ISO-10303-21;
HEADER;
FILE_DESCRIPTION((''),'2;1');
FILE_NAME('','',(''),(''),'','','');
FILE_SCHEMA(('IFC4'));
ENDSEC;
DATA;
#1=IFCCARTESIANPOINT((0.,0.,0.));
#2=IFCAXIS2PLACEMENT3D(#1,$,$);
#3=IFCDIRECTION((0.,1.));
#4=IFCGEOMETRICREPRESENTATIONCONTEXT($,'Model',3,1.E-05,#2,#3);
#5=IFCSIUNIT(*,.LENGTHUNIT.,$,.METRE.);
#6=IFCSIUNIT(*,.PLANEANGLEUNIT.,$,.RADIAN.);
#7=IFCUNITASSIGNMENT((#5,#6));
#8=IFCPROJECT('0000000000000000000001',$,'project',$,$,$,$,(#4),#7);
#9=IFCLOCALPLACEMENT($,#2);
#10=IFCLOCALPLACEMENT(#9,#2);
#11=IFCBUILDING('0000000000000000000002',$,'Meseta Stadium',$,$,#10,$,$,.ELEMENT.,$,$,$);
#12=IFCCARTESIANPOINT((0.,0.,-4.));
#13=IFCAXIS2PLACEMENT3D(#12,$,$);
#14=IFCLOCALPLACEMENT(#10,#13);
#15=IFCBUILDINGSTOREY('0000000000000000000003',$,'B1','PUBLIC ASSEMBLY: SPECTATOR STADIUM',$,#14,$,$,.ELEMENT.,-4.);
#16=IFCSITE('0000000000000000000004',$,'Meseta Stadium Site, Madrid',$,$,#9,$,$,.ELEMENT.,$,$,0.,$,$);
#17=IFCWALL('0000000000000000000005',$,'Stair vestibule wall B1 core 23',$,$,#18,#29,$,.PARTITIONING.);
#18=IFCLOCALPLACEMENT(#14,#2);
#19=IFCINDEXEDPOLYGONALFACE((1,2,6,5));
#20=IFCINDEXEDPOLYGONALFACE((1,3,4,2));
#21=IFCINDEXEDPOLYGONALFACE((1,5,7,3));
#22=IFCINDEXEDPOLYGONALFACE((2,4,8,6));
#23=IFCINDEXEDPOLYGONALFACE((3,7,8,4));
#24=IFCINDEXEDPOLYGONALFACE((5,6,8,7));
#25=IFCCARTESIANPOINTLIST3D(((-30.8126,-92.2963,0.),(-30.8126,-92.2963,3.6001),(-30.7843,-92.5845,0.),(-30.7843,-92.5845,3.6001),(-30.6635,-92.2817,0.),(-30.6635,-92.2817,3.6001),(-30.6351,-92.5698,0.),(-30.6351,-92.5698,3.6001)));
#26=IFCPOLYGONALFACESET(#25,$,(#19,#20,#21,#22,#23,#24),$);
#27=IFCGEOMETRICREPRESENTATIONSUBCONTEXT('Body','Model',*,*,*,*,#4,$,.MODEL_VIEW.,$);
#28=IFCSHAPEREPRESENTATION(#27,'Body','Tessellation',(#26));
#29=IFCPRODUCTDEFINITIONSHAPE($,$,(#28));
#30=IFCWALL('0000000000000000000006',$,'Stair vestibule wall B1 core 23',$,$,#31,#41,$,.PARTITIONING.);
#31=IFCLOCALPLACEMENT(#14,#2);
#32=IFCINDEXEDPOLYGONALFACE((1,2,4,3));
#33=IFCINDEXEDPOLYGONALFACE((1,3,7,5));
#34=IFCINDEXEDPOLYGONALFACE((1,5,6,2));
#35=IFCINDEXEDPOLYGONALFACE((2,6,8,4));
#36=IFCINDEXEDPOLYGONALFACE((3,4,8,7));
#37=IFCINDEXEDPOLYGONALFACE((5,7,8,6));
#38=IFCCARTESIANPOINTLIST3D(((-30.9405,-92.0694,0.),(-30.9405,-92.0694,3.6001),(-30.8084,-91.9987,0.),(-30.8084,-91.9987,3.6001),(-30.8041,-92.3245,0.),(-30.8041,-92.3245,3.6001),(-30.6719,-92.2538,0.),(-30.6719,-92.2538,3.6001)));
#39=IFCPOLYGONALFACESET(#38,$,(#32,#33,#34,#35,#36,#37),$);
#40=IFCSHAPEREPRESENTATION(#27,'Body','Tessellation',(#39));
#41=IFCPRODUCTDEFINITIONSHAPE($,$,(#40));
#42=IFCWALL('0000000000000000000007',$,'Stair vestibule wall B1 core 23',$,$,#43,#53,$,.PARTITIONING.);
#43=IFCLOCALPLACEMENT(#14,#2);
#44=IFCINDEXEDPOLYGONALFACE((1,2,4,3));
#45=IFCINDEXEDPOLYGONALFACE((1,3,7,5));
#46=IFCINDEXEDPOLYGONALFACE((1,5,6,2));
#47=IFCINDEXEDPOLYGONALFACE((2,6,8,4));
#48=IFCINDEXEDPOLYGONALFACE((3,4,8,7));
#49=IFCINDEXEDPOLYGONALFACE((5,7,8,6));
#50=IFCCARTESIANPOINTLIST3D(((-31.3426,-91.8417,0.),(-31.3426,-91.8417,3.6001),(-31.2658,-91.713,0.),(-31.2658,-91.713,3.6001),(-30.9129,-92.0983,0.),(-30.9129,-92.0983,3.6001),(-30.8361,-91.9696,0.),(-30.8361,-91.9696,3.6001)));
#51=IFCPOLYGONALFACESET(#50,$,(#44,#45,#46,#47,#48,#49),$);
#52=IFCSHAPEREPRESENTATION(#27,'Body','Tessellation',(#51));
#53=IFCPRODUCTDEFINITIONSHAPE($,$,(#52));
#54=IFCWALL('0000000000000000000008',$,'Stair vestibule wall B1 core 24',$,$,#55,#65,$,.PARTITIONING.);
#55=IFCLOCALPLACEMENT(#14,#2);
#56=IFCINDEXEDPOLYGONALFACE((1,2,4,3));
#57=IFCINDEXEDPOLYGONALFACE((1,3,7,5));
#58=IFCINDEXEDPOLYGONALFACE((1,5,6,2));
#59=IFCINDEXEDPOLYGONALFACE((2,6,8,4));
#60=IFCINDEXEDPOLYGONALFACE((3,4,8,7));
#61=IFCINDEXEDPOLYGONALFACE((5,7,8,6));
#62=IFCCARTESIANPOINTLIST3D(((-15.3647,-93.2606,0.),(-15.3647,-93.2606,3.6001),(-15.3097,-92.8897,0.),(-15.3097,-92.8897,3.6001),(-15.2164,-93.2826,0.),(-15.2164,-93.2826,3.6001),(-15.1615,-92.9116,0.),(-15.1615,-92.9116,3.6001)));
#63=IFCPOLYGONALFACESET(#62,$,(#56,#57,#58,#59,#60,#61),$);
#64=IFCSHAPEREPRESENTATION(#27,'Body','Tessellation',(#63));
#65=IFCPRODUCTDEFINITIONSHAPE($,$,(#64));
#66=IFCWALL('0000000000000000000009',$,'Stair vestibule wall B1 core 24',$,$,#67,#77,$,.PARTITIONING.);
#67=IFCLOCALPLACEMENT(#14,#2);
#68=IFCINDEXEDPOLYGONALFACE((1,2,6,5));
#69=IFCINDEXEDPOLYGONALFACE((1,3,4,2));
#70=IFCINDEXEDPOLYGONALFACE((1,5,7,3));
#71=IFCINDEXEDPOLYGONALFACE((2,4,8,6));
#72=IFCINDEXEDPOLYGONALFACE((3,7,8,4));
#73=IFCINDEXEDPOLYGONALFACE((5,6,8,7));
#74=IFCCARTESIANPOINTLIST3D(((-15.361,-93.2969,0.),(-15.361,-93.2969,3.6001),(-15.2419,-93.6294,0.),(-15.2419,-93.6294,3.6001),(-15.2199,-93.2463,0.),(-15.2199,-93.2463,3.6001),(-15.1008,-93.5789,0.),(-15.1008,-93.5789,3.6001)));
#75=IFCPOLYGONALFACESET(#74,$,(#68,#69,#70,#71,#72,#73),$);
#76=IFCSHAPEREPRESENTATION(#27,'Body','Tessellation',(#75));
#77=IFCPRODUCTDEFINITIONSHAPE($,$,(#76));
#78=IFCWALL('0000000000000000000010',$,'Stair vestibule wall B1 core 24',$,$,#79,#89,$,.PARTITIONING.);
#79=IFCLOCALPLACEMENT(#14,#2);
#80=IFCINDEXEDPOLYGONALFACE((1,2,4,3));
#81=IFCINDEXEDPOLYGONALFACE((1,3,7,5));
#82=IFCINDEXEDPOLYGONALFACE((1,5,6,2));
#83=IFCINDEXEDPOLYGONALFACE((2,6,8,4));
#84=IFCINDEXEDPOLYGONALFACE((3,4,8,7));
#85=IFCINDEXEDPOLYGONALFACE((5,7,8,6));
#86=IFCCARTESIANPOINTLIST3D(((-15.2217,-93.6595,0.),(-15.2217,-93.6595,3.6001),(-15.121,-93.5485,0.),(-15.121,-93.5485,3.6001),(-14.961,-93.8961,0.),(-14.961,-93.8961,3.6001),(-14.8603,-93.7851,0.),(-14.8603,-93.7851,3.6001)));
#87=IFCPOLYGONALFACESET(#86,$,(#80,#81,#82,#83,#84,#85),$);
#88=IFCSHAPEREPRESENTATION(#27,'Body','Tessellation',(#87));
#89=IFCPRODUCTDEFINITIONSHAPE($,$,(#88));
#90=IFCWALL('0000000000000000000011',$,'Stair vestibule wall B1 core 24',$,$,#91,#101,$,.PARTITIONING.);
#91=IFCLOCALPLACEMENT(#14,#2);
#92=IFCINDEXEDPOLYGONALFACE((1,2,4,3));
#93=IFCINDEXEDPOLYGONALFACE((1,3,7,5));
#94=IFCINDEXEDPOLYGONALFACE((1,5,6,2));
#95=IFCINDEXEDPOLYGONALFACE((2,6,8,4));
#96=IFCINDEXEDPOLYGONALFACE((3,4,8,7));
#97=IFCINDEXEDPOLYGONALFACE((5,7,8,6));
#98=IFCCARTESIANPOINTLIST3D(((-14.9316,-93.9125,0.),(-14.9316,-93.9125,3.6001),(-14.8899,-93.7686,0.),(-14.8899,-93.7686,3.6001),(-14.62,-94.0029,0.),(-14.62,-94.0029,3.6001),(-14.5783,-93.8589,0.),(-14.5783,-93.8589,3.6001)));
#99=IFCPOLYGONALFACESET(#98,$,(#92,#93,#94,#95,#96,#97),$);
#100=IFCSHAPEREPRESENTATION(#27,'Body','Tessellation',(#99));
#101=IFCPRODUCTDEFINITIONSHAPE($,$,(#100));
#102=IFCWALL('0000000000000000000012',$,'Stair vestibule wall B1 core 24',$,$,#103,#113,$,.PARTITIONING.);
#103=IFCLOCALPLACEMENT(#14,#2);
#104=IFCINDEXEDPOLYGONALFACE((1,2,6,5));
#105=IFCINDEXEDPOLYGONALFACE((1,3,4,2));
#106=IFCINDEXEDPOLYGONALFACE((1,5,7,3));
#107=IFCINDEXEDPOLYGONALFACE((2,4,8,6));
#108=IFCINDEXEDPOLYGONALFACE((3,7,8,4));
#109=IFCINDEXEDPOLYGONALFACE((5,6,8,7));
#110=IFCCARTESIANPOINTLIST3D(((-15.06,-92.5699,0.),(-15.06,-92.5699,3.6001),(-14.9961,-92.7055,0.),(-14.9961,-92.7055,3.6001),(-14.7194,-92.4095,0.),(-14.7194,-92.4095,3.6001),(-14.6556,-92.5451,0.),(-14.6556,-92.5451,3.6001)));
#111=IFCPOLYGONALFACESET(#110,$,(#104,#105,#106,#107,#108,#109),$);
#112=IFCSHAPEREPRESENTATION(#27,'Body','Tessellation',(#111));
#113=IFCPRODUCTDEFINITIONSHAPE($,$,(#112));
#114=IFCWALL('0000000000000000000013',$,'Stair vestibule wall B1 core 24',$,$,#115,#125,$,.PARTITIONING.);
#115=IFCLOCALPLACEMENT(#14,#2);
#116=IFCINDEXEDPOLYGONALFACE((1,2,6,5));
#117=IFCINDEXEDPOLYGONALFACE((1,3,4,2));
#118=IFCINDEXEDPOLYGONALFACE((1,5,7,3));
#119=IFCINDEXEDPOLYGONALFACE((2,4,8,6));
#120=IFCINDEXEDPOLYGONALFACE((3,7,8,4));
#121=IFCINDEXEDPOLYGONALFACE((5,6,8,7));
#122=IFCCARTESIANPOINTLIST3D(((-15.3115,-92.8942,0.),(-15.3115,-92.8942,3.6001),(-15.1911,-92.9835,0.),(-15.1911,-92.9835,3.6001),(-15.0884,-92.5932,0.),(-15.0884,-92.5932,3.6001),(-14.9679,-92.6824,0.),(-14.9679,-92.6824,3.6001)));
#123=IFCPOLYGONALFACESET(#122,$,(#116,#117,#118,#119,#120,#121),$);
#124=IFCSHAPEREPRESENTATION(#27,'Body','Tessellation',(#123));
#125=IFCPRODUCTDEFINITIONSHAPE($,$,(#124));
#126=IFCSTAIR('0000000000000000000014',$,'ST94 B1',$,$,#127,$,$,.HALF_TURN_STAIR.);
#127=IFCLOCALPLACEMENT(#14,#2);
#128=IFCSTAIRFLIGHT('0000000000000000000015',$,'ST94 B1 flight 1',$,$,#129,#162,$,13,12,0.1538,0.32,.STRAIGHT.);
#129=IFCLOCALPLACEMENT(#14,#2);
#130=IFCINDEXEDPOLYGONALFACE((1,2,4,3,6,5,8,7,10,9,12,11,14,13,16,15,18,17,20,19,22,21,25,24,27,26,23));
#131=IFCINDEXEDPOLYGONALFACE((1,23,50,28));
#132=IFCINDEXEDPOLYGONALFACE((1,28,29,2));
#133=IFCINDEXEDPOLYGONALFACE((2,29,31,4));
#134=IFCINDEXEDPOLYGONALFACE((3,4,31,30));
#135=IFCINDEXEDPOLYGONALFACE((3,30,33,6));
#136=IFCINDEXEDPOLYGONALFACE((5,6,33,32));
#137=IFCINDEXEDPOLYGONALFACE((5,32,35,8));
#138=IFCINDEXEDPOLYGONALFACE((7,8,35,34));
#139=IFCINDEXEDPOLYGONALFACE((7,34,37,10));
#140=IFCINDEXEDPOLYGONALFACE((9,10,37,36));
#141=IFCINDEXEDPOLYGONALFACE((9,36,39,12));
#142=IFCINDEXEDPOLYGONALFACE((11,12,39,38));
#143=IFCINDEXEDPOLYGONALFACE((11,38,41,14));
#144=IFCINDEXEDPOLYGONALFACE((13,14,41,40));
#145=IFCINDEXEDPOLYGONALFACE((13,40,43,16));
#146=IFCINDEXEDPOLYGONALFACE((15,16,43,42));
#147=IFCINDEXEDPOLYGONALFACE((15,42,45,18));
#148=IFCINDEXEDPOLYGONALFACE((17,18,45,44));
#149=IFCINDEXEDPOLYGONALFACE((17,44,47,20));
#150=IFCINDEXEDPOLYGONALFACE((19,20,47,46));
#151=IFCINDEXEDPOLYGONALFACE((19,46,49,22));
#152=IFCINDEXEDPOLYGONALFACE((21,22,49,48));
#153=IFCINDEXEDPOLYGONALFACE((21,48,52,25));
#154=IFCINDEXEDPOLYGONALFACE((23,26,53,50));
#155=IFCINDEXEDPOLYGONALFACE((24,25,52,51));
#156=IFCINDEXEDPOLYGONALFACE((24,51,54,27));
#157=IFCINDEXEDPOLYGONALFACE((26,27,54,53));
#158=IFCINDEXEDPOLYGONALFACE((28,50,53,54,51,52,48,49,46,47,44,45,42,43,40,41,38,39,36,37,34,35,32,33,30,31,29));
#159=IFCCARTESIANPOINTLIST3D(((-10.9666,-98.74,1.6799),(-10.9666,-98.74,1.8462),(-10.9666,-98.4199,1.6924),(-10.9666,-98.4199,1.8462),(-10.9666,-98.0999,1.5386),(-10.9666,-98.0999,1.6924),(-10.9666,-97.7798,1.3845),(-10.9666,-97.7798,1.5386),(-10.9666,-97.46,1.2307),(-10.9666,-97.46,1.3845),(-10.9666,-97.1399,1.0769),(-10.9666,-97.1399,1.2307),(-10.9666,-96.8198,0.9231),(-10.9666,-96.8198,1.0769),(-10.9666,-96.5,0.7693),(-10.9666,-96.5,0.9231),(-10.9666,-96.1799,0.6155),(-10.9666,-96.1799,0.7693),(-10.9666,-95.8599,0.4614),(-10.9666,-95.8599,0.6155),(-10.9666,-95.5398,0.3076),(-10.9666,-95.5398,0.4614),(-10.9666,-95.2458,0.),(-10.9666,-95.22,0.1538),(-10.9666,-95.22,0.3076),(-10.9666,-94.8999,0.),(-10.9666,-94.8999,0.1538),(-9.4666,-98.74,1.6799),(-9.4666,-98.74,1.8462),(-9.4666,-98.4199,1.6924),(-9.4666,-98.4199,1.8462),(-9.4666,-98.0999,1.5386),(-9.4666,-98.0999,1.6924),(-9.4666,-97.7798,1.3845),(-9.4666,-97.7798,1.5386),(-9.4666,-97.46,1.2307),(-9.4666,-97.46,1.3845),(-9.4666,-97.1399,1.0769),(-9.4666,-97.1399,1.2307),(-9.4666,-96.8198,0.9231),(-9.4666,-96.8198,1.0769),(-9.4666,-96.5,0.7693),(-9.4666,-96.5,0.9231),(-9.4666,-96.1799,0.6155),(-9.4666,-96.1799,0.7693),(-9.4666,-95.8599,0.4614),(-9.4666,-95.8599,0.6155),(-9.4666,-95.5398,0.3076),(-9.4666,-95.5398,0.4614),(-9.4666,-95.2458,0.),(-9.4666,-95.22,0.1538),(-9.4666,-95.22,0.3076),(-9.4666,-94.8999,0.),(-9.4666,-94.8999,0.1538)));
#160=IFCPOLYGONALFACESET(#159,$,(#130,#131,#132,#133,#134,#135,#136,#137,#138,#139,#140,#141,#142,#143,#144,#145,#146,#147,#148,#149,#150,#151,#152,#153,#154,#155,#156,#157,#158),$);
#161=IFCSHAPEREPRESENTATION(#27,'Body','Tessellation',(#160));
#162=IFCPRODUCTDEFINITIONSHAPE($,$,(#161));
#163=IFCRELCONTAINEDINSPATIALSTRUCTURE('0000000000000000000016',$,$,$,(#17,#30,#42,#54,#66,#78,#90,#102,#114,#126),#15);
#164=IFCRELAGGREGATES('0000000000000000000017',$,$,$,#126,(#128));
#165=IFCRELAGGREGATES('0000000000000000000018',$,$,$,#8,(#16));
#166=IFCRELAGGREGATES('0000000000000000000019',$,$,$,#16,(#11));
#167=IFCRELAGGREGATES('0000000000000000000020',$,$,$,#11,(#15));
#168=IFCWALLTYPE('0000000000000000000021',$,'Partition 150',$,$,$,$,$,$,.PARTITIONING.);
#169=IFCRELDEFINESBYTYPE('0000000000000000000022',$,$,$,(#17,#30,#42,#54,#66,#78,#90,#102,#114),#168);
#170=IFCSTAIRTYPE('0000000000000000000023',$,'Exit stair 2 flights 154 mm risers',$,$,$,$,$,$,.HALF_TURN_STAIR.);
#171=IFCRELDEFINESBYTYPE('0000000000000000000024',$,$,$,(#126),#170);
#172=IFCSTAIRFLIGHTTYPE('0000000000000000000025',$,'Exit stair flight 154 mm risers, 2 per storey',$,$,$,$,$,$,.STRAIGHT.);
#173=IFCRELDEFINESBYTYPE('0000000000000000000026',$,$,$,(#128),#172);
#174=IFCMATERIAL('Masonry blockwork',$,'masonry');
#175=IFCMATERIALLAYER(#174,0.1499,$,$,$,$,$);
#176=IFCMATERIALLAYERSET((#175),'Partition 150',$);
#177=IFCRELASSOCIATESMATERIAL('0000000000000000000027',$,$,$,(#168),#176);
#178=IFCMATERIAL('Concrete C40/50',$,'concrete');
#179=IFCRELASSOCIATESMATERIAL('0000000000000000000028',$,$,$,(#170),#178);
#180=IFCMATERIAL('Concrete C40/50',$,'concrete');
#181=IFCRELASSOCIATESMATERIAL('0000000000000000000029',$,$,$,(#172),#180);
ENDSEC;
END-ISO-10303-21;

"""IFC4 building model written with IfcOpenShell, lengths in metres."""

from ifc_helpers import new_model, si_unit, direction, frame, frame_2d, origin, place, context, subcontext, project, spatial, polyline, rectangle, outline, extrude, material, layer, layer_set, type_object, element, aggregate, save


model = new_model("IFC4")

# Units and contexts
model_context = context("Model", 3, precision=1e-05, world=origin(), true_north=direction((0.0, 1.0)))
body_context = subcontext(model_context, "Body", "Model", "MODEL_VIEW")
ifc_project = project(units=[si_unit("LENGTHUNIT", "METRE"), si_unit("PLANEANGLEUNIT", "RADIAN")], contexts=[model_context])

# Site, building, storey
site_placement = place(None, origin())
site = spatial("IfcSite", under=ifc_project, at=site_placement, Name="Meseta Stadium Site, Madrid", CompositionType="ELEMENT", RefElevation=0.0)
building_placement = place(site_placement, origin())
building = spatial("IfcBuilding", under=site, at=building_placement, Name="Meseta Stadium", CompositionType="ELEMENT")
storey_placement = place(building_placement, frame((0.0, 0.0, -4.0)))
storey = spatial("IfcBuildingStorey", under=building, at=storey_placement, Name="B1", Description="PUBLIC ASSEMBLY: SPECTATOR STADIUM", CompositionType="ELEMENT", Elevation=-4.0)

# Walls
ifc_material_1 = material(Name="Masonry blockwork", Category="masonry")
ifc_layer_1 = layer(ifc_material_1, 0.1499)
ifc_layer_set_1 = layer_set([ifc_layer_1], Name="Partition 150")
wall_type_1 = type_object("IfcWallType", Name="Partition 150", PredefinedType="PARTITIONING", material=ifc_layer_set_1)
wall_1_placement = place(storey_placement, frame((-30.7097, -92.5771, 0.0), z_axis=(0.0, 0.0, 1.0), x_axis=(-0.097833, 0.995203, 0.0)))
element("IfcWall", 1, at=wall_1_placement, inside=storey, type_object=wall_type_1, Name="Stair vestibule wall B1 core 23", PredefinedType="PARTITIONING", context=body_context, shape_type="SweptSolid", body=[
    extrude(rectangle(XDim=0.2896, YDim=0.1499, at=frame_2d((0.1448, 0.0))), origin(), (0.0, 0.0, 1.0), 3.6001),
])
wall_2_placement = place(storey_placement, frame((-30.738, -92.2891, 0.0), z_axis=(0.0, 0.0, 1.0), x_axis=(-0.471683, 0.881768, 0.0)))
element("IfcWall", 2, at=wall_2_placement, inside=storey, type_object=wall_type_1, Name="Stair vestibule wall B1 core 23", PredefinedType="PARTITIONING", context=body_context, shape_type="SweptSolid", body=[
    extrude(rectangle(XDim=0.2893, YDim=0.1499, at=frame_2d((0.1445, 0.0))), origin(), (0.0, 0.0, 1.0), 3.6001),
])
wall_3_placement = place(storey_placement, frame((-30.8745, -92.0339, 0.0), z_axis=(0.0, 0.0, 1.0), x_axis=(-0.858567, 0.512701, 0.0)))
element("IfcWall", 3, at=wall_3_placement, inside=storey, type_object=wall_type_1, Name="Stair vestibule wall B1 core 23", PredefinedType="PARTITIONING", context=body_context, shape_type="SweptSolid", body=[
    extrude(rectangle(XDim=0.5005, YDim=0.1499, at=frame_2d((0.2502, 0.0))), origin(), (0.0, 0.0, 1.0), 3.6001),
])
wall_4_placement = place(storey_placement, frame((-15.2356, -92.9006, 0.0), z_axis=(0.0, 0.0, 1.0), x_axis=(-0.146525, -0.989207, 0.0)))
element("IfcWall", 4, at=wall_4_placement, inside=storey, type_object=wall_type_1, Name="Stair vestibule wall B1 core 24", PredefinedType="PARTITIONING", context=body_context, shape_type="SweptSolid", body=[
    extrude(rectangle(XDim=0.375, YDim=0.1499, at=frame_2d((0.1875, 0.0))), origin(), (0.0, 0.0, 1.0), 3.6001),
])
wall_5_placement = place(storey_placement, frame((-15.2905, -93.2715, 0.0), z_axis=(0.0, 0.0, 1.0), x_axis=(0.3373, -0.941397, 0.0)))
element("IfcWall", 5, at=wall_5_placement, inside=storey, type_object=wall_type_1, Name="Stair vestibule wall B1 core 24", PredefinedType="PARTITIONING", context=body_context, shape_type="SweptSolid", body=[
    extrude(rectangle(XDim=0.3533, YDim=0.1499, at=frame_2d((0.1768, 0.0))), origin(), (0.0, 0.0, 1.0), 3.6001),
])
wall_6_placement = place(storey_placement, frame((-15.1714, -93.604, 0.0), z_axis=(0.0, 0.0, 1.0), x_axis=(0.740599, -0.671948, 0.0)))
element("IfcWall", 6, at=wall_6_placement, inside=storey, type_object=wall_type_1, Name="Stair vestibule wall B1 core 24", PredefinedType="PARTITIONING", context=body_context, shape_type="SweptSolid", body=[
    extrude(rectangle(XDim=0.3521, YDim=0.1499, at=frame_2d((0.176, 0.0))), origin(), (0.0, 0.0, 1.0), 3.6001),
])
wall_7_placement = place(storey_placement, frame((-14.9106, -93.8406, 0.0), z_axis=(0.0, 0.0, 1.0), x_axis=(0.960437, -0.278497, 0.0)))
element("IfcWall", 7, at=wall_7_placement, inside=storey, type_object=wall_type_1, Name="Stair vestibule wall B1 core 24", PredefinedType="PARTITIONING", context=body_context, shape_type="SweptSolid", body=[
    extrude(rectangle(XDim=0.3245, YDim=0.1499, at=frame_2d((0.1621, 0.0))), origin(), (0.0, 0.0, 1.0), 3.6001),
])
wall_8_placement = place(storey_placement, frame((-14.6875, -92.4773, 0.0), z_axis=(0.0, 0.0, 1.0), x_axis=(-0.904686, -0.426078, 0.0)))
element("IfcWall", 8, at=wall_8_placement, inside=storey, type_object=wall_type_1, Name="Stair vestibule wall B1 core 24", PredefinedType="PARTITIONING", context=body_context, shape_type="SweptSolid", body=[
    extrude(rectangle(XDim=0.3765, YDim=0.1499, at=frame_2d((0.1882, 0.0))), origin(), (0.0, 0.0, 1.0), 3.6001),
])
wall_9_placement = place(storey_placement, frame((-15.0281, -92.6377, 0.0), z_axis=(0.0, 0.0, 1.0), x_axis=(-0.595508, -0.803349, 0.0)))
element("IfcWall", 9, at=wall_9_placement, inside=storey, type_object=wall_type_1, Name="Stair vestibule wall B1 core 24", PredefinedType="PARTITIONING", context=body_context, shape_type="SweptSolid", body=[
    extrude(rectangle(XDim=0.3748, YDim=0.1499, at=frame_2d((0.1875, 0.0))), origin(), (0.0, 0.0, 1.0), 3.6001),
])

# Stair, stair flight
ifc_material_2 = material(Name="Concrete C40/50", Category="concrete")
stair_type = type_object("IfcStairType", Name="Exit stair 2 flights 154 mm risers", PredefinedType="HALF_TURN_STAIR", material=ifc_material_2)
stair_placement = place(storey_placement, origin())
stair = element("IfcStair", 10, at=stair_placement, inside=storey, type_object=stair_type, Name="ST94 B1", PredefinedType="HALF_TURN_STAIR")
ifc_material_3 = material(Name="Concrete C40/50", Category="concrete")
stair_flight_type = type_object("IfcStairFlightType", Name="Exit stair flight 154 mm risers, 2 per storey", PredefinedType="STRAIGHT", material=ifc_material_3)
stair_flight_placement = place(storey_placement, frame((-10.2166, -94.8999, 0.0), z_axis=(0.0, 0.0, 1.0), x_axis=(0.0, -1.0, 0.0)))
stair_flight = element("IfcStairFlight", 11, at=stair_flight_placement, type_object=stair_flight_type, Name="ST94 B1 flight 1", NumberOfRisers=13, NumberOfTreads=12, PredefinedType="STRAIGHT", RiserHeight=0.1538, TreadLength=0.32, context=body_context, shape_type="SweptSolid", body=[
    extrude(outline(polyline([(0.0, 0.0), (0.0, 0.1538), (0.3201, 0.1538), (0.3201, 0.3076), (0.6399, 0.3076), (0.6399, 0.4614), (0.96, 0.4614), (0.96, 0.6155), (1.28, 0.6155), (1.28, 0.7693), (1.6001, 0.7693), (1.6001, 0.9231), (1.9199, 0.9231), (1.9199, 1.0769), (2.24, 1.0769), (2.24, 1.2307), (2.5601, 1.2307), (2.5601, 1.3845), (2.8799, 1.3845), (2.8799, 1.5386), (3.2, 1.5386), (3.2, 1.6924), (3.52, 1.6924), (3.52, 1.8462), (3.8401, 1.8462), (3.8401, 1.6799), (0.3459, 0.0), (0.0, 0.0)])), frame((0.0, 0.75, 0.0), z_axis=(0.0, -1.0, 0.0), x_axis=(1.0, 0.0, 0.0)), (0.0, 0.0, 1.0), 1.5),
])
aggregate(stair, [stair_flight])

save(model, "model.ifc")
